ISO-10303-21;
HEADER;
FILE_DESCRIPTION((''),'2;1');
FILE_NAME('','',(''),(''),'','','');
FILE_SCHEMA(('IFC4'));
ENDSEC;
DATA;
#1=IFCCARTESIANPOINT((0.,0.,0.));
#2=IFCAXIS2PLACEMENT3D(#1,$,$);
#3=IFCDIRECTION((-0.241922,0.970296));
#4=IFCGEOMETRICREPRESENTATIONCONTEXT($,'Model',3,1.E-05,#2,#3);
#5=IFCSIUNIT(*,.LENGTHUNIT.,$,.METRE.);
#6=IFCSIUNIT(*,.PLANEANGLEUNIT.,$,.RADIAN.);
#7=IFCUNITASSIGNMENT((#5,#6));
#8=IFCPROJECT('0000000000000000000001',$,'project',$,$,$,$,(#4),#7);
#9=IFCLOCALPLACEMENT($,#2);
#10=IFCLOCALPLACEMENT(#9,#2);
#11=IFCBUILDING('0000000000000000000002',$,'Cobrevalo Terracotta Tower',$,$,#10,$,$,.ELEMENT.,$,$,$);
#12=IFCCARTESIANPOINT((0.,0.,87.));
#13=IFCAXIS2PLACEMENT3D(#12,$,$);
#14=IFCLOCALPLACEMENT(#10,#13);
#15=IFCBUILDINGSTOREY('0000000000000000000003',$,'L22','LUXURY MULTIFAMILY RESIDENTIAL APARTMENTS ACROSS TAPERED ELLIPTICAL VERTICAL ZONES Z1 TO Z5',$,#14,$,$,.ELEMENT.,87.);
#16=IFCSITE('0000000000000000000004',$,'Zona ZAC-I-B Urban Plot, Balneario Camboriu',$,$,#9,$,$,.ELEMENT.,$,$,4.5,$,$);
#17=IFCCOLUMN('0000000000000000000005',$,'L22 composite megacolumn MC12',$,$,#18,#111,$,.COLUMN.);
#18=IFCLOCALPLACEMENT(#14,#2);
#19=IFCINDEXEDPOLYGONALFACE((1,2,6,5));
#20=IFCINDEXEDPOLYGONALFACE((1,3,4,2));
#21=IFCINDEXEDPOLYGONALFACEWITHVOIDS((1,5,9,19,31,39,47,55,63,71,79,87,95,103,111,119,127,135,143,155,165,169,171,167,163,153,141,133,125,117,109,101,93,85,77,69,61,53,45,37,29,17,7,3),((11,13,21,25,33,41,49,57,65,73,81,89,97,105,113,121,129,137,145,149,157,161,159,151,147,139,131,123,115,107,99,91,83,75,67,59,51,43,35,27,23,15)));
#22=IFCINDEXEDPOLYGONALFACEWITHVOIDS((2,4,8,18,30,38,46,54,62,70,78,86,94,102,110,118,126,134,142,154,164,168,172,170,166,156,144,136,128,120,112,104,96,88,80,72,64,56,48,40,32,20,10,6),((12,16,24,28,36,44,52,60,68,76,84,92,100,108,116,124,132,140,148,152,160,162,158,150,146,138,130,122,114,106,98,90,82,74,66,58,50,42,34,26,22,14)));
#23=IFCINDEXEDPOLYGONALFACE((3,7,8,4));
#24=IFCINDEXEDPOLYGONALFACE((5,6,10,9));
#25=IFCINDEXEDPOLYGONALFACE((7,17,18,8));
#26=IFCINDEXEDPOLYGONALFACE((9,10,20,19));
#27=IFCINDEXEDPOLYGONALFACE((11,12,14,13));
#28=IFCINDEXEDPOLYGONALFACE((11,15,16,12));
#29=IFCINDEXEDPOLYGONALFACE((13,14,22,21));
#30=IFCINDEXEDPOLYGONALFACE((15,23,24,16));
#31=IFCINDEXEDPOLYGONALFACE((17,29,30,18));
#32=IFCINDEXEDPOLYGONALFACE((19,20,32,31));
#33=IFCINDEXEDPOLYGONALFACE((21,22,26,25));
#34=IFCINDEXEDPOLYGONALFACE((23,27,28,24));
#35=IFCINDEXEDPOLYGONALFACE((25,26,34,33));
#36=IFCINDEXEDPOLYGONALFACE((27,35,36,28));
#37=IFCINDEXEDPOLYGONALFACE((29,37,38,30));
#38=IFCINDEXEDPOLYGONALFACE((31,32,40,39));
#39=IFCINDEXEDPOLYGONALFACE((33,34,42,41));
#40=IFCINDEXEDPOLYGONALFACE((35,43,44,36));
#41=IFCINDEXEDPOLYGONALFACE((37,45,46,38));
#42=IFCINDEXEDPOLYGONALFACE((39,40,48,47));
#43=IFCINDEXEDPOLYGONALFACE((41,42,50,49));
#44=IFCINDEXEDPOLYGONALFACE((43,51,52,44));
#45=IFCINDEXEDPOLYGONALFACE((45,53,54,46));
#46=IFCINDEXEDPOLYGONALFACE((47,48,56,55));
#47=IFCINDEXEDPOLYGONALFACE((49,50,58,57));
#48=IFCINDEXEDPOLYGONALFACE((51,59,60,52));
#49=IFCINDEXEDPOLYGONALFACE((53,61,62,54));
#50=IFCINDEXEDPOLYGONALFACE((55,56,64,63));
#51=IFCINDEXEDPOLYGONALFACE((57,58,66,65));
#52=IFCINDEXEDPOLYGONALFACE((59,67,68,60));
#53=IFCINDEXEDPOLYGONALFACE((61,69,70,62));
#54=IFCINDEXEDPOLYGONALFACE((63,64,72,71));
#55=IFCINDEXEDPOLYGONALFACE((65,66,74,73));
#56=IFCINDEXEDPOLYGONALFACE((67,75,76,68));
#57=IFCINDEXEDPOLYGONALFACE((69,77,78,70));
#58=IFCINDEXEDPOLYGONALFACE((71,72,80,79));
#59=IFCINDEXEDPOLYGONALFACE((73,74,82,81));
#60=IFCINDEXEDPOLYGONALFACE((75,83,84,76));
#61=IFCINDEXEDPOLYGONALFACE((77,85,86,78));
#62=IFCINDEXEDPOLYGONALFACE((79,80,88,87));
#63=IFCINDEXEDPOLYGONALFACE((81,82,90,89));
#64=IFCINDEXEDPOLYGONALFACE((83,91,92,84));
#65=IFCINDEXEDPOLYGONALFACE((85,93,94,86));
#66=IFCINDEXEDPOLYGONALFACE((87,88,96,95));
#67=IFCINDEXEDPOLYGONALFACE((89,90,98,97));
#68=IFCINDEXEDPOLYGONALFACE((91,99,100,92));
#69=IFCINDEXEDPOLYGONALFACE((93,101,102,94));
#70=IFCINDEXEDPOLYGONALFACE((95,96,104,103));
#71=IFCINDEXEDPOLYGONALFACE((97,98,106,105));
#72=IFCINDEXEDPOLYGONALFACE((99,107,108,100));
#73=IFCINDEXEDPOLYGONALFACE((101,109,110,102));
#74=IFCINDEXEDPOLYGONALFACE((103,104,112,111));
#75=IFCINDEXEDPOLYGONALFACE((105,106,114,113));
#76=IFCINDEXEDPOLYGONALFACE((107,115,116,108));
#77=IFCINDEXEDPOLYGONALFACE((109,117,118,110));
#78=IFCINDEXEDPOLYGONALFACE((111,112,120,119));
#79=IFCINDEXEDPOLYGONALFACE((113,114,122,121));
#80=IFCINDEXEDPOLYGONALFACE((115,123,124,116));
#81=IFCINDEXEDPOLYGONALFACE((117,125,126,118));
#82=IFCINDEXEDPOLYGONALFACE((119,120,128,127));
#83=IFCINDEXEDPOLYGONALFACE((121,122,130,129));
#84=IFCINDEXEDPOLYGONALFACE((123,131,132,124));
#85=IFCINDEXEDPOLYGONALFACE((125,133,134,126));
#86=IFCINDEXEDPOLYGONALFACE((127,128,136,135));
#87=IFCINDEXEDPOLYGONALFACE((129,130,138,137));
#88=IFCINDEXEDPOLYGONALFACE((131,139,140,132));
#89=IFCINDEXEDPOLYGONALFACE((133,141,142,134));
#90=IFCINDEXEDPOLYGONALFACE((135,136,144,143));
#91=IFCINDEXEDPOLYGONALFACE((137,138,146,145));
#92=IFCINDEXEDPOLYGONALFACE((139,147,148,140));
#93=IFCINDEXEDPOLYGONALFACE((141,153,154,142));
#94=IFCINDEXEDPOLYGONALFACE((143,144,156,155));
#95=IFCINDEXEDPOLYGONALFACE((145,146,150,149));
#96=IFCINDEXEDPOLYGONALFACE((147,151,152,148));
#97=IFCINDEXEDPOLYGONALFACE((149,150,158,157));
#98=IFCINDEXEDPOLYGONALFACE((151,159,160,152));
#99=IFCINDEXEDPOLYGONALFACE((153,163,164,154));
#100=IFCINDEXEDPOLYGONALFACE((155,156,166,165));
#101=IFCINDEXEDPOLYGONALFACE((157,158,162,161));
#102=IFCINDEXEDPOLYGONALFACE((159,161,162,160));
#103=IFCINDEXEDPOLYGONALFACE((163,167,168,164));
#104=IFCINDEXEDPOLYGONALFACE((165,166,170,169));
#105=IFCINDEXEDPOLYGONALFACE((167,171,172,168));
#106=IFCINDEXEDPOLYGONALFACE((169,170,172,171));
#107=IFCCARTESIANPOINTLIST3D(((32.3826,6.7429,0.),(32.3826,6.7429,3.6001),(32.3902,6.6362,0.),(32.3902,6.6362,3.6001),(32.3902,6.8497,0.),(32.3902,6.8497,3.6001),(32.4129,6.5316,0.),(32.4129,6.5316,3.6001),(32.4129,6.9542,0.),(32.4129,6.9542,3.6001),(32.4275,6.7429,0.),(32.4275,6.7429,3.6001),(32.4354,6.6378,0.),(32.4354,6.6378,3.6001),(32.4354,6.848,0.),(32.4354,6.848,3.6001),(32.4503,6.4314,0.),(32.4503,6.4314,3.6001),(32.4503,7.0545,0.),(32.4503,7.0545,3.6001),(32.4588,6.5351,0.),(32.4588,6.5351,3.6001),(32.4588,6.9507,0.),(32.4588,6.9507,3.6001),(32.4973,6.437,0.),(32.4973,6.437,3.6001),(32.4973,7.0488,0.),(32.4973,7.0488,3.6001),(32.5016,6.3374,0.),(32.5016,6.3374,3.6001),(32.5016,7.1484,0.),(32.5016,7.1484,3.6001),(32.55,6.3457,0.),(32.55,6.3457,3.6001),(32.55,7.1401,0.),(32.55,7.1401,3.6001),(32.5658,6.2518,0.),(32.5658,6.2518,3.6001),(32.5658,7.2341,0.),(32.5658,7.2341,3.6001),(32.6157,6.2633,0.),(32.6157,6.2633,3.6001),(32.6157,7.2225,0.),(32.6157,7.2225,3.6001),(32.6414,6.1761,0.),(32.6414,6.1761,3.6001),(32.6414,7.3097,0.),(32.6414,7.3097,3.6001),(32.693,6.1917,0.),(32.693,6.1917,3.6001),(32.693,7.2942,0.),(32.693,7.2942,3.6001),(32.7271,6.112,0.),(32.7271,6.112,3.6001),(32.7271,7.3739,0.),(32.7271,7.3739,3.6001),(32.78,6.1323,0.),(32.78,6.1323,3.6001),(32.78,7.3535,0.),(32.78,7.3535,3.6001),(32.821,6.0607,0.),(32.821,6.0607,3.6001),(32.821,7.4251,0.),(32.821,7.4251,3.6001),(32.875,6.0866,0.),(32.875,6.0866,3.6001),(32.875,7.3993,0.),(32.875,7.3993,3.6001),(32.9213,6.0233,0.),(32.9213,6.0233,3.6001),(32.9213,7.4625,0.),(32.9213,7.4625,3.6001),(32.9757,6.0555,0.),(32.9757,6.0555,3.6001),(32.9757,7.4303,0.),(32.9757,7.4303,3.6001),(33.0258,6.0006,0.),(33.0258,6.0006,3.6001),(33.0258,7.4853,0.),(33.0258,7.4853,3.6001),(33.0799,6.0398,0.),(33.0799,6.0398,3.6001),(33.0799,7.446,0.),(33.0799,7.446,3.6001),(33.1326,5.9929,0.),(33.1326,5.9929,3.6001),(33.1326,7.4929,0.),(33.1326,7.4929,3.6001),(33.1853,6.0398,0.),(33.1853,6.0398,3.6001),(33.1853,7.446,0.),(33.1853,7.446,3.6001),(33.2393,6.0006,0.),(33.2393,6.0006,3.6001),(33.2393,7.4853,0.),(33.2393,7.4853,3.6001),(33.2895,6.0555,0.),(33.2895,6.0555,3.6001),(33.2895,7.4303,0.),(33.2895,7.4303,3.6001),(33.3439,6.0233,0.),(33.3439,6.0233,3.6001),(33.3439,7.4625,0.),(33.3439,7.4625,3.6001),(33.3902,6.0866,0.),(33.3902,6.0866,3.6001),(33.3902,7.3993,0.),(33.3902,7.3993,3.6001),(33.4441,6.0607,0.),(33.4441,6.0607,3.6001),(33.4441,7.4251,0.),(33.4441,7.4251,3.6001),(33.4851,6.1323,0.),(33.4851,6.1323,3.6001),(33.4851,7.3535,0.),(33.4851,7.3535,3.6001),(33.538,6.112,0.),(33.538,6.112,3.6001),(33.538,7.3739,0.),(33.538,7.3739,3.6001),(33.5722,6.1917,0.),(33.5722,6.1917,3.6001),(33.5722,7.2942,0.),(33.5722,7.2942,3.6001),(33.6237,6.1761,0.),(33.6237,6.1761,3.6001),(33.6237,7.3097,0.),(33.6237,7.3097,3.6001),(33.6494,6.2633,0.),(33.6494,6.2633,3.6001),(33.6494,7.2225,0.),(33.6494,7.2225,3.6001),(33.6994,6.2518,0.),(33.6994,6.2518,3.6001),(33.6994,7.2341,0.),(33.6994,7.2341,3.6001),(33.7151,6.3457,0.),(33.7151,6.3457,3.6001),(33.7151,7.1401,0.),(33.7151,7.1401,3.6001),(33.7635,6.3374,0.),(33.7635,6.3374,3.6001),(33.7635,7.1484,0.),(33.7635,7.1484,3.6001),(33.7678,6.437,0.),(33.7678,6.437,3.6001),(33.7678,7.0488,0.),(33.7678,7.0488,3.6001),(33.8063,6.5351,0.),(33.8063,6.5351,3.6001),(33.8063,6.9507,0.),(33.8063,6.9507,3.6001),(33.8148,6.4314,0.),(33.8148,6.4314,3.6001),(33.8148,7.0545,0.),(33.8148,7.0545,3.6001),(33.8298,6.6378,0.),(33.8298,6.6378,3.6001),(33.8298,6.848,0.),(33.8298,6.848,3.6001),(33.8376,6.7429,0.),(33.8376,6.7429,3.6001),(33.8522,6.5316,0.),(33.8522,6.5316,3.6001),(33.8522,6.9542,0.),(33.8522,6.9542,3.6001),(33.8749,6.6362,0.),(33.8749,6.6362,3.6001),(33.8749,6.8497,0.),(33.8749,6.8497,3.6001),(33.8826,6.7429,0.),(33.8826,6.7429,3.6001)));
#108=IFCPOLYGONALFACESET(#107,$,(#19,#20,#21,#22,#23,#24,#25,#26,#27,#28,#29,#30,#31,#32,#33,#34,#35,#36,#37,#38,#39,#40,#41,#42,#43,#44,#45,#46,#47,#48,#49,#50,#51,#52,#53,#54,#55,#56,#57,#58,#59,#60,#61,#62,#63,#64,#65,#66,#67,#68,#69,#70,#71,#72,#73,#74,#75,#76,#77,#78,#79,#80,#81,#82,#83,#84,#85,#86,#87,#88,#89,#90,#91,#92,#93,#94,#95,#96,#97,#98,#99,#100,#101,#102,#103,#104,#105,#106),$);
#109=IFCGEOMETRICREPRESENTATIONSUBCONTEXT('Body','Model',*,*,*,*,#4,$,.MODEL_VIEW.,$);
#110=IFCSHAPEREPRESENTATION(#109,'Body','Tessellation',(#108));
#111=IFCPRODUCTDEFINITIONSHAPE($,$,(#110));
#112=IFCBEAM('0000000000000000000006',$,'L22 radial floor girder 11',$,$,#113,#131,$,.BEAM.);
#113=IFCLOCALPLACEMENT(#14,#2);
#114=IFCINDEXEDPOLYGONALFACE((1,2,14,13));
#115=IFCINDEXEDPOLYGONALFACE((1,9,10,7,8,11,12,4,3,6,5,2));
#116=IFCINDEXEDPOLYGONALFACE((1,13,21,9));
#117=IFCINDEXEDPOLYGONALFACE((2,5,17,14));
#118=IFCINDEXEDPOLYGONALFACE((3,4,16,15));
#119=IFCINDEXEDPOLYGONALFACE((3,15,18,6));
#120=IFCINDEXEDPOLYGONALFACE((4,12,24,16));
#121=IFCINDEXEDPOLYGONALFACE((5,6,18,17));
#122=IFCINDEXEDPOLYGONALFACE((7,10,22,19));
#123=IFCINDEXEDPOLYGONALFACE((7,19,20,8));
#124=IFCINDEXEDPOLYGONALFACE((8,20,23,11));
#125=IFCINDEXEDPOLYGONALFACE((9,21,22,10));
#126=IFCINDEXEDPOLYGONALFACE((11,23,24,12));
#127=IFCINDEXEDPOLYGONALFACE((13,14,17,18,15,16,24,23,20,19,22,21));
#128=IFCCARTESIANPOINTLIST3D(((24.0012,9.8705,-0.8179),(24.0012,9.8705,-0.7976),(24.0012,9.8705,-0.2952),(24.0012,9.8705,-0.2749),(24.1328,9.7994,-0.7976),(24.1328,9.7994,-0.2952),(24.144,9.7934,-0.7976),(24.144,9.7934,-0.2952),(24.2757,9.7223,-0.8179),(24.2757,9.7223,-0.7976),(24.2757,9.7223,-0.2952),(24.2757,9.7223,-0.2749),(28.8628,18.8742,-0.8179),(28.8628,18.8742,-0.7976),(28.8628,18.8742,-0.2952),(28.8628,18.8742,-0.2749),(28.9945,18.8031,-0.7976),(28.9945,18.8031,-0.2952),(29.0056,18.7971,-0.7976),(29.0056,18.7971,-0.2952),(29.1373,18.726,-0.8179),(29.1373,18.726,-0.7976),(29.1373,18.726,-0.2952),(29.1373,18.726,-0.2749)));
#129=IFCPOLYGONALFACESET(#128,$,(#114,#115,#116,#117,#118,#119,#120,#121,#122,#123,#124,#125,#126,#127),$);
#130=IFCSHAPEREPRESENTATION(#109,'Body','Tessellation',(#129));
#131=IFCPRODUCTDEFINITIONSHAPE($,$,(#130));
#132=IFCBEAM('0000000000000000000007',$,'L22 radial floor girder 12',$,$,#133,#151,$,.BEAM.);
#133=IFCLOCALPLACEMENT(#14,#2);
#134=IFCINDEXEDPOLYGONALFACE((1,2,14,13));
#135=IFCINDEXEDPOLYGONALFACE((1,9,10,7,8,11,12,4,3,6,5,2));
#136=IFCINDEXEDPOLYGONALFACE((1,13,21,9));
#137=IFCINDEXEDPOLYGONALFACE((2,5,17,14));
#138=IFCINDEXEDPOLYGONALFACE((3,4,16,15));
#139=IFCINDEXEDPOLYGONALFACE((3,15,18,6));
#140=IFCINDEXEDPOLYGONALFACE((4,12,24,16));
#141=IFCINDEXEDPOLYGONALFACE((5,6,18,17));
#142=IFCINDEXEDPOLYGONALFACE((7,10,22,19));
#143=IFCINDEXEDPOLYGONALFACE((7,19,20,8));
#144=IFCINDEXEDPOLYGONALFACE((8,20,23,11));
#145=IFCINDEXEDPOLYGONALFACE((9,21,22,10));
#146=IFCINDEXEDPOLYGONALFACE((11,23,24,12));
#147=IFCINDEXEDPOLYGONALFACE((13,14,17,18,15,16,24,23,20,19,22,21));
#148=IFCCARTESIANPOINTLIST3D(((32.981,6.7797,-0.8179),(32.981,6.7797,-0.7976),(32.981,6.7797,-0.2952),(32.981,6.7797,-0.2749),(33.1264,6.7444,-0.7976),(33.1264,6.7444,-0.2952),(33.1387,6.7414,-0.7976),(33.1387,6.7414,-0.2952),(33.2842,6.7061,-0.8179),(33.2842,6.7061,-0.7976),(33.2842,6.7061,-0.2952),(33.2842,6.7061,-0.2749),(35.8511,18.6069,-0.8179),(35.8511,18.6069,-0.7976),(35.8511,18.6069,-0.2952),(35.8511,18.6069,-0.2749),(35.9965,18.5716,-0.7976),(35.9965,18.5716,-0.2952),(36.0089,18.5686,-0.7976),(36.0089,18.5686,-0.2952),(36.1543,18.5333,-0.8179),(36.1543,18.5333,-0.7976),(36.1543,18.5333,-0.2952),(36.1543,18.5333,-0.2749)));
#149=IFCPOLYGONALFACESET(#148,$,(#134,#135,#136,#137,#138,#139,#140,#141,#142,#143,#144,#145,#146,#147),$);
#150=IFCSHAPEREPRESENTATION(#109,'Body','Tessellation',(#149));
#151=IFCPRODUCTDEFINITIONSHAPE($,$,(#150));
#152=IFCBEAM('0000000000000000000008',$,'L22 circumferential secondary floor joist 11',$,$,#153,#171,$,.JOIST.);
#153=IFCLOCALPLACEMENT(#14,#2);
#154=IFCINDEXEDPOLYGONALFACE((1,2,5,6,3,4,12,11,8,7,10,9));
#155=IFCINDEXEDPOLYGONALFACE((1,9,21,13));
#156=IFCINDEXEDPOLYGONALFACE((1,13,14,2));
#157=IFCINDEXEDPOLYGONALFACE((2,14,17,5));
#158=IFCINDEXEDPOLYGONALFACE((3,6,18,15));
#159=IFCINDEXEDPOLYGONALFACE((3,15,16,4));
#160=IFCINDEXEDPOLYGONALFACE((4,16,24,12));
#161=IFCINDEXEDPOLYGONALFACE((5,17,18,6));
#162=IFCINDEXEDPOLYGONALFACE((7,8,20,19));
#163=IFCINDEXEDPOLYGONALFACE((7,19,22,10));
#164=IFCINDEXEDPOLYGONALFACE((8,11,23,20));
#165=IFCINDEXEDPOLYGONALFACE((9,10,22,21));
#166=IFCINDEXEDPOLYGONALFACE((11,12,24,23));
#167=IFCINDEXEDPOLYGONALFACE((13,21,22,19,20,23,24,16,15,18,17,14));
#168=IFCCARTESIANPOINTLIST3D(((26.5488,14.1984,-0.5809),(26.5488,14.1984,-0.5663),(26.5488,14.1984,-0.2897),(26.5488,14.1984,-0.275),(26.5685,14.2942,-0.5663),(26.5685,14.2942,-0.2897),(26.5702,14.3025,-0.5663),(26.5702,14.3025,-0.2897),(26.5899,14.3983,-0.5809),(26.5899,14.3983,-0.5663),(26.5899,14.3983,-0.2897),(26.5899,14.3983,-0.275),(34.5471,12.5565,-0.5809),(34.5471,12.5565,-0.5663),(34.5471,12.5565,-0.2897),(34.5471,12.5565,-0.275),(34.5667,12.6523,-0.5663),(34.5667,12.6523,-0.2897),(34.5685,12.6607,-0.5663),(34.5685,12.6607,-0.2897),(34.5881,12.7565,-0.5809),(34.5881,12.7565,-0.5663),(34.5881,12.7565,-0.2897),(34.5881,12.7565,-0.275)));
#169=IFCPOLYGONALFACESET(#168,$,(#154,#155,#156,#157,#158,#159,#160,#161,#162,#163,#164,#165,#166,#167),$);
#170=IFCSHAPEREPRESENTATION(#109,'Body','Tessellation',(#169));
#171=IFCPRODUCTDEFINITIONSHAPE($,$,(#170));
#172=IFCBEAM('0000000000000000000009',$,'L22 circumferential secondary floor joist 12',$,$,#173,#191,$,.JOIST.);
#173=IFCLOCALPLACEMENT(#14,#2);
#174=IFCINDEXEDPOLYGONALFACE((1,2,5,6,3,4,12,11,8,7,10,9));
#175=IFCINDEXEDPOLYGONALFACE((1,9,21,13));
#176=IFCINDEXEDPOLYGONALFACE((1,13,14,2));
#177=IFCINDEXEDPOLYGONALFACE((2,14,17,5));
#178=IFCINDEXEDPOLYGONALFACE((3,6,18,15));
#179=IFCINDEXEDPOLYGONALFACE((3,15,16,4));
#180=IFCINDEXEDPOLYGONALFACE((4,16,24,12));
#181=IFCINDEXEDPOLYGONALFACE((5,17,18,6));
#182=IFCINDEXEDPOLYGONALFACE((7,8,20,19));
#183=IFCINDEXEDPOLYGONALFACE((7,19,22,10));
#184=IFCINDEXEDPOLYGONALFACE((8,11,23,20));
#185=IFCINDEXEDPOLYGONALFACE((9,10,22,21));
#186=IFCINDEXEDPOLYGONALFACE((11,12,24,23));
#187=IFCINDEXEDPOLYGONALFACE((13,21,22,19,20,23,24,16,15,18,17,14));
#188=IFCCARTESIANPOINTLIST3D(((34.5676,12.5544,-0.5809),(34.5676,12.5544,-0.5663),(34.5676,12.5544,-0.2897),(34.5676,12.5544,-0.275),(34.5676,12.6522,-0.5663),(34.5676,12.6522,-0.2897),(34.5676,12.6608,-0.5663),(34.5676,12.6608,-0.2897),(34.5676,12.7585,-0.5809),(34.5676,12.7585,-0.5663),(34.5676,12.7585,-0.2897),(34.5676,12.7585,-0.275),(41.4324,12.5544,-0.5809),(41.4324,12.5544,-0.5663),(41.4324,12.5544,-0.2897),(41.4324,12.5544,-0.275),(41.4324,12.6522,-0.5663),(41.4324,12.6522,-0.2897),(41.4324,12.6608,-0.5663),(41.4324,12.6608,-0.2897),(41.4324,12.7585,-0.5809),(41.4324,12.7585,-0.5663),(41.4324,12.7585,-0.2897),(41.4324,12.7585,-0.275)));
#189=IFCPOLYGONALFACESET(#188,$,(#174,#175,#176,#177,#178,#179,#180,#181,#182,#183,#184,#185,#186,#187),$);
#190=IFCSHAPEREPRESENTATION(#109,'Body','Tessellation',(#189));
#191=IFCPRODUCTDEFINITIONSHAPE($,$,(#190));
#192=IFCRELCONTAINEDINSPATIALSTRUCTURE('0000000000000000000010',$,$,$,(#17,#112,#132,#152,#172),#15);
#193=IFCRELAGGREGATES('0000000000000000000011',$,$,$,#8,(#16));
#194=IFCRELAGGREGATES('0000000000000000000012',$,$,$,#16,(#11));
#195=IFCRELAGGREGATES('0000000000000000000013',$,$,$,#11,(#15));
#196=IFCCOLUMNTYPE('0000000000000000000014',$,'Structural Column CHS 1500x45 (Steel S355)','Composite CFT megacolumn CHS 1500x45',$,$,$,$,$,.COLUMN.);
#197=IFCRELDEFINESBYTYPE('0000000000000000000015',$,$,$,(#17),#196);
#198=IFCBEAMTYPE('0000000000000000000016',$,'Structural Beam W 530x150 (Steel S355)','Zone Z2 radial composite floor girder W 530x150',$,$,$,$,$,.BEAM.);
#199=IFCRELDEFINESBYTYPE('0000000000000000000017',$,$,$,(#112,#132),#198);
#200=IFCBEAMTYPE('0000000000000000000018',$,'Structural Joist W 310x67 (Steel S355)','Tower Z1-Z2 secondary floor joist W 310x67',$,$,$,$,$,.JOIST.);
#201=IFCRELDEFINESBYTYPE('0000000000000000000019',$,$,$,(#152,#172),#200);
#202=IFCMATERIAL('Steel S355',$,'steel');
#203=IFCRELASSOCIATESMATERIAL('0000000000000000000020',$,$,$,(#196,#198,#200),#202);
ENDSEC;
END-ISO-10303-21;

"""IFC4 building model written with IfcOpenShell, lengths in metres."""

from ifc_helpers import new_model, si_unit, direction, frame, origin, origin_2d, place, context, subcontext, project, spatial, hollow_circle, i_section, extrude, material, material_profile, profile_set, type_object, element, save


model = new_model("IFC4")

# Units and contexts
model_context = context("Model", 3, precision=1e-05, world=origin(), true_north=direction((-0.241922, 0.970296)))
body_context = subcontext(model_context, "Body", "Model", "MODEL_VIEW")
ifc_project = project(units=[si_unit("LENGTHUNIT", "METRE"), si_unit("PLANEANGLEUNIT", "RADIAN")], contexts=[model_context])

# Site, building, storey
site_placement = place(None, origin())
site = spatial("IfcSite", under=ifc_project, at=site_placement, Name="Zona ZAC-I-B Urban Plot, Balneario Camboriu", CompositionType="ELEMENT", RefElevation=4.5)
building_placement = place(site_placement, origin())
building = spatial("IfcBuilding", under=site, at=building_placement, Name="Cobrevalo Terracotta Tower", CompositionType="ELEMENT")
storey_placement = place(building_placement, frame((0.0, 0.0, 87.0)))
storey = spatial("IfcBuildingStorey", under=building, at=storey_placement, Name="L22", Description="LUXURY MULTIFAMILY RESIDENTIAL APARTMENTS ACROSS TAPERED ELLIPTICAL VERTICAL ZONES Z1 TO Z5", CompositionType="ELEMENT", Elevation=87.0)

# Column
ifc_material_1 = material(Name="Steel S355", Category="steel")
ifc_material_profile_1 = material_profile(ifc_material_1, hollow_circle(Radius=0.75, WallThickness=0.0449, at=origin_2d()), Name="CHS 1500x45")
ifc_profile_set_1 = profile_set([ifc_material_profile_1], Name="Steel S355")
column_type = type_object("IfcColumnType", Name="Structural Column CHS 1500x45 (Steel S355)", Description="Composite CFT megacolumn CHS 1500x45", PredefinedType="COLUMN", material=ifc_profile_set_1)
column_placement = place(storey_placement, frame((33.1326, 6.7429, 0.0), z_axis=(0.0, 0.0, 1.0), x_axis=(1.0, 0.0, 0.0)))
element("IfcColumn", 1, at=column_placement, inside=storey, type_object=column_type, Name="L22 composite megacolumn MC12", PredefinedType="COLUMN", context=body_context, shape_type="SweptSolid", body=[
    extrude(hollow_circle(Radius=0.75, WallThickness=0.0449, at=origin_2d()), origin(), (0.0, 0.0, 1.0), 3.6001),
])

# Beams
ifc_material_profile_2 = material_profile(ifc_material_1, i_section(OverallWidth=0.312, OverallDepth=0.543, WebThickness=0.0127, FlangeThickness=0.0203, at=origin_2d()), Name="W 530x150")
ifc_profile_set_2 = profile_set([ifc_material_profile_2], Name="Steel S355")
beam_type_1 = type_object("IfcBeamType", Name="Structural Beam W 530x150 (Steel S355)", Description="Zone Z2 radial composite floor girder W 530x150", PredefinedType="BEAM", material=ifc_profile_set_2)
beam_1_placement = place(storey_placement, frame((24.1384, 9.7964, -0.5464), z_axis=(0.475118, 0.879922, 0.0), x_axis=(-0.879922, 0.475118, 0.0)))
element("IfcBeam", 2, at=beam_1_placement, inside=storey, type_object=beam_type_1, Name="L22 radial floor girder 11", PredefinedType="BEAM", context=body_context, shape_type="SweptSolid", body=[
    extrude(i_section(OverallWidth=0.312, OverallDepth=0.543, WebThickness=0.0127, FlangeThickness=0.0203, at=origin_2d()), origin(), (0.0, 0.0, 1.0), 10.2324),
])
beam_2_placement = place(storey_placement, frame((33.1326, 6.7429, -0.5464), z_axis=(0.235827, 0.971795, 0.0), x_axis=(-0.971795, 0.235827, 0.0)))
element("IfcBeam", 3, at=beam_2_placement, inside=storey, type_object=beam_type_1, Name="L22 radial floor girder 12", PredefinedType="BEAM", context=body_context, shape_type="SweptSolid", body=[
    extrude(i_section(OverallWidth=0.312, OverallDepth=0.543, WebThickness=0.0127, FlangeThickness=0.0203, at=origin_2d()), origin(), (0.0, 0.0, 1.0), 12.1704),
])
ifc_material_profile_3 = material_profile(ifc_material_1, i_section(OverallWidth=0.2041, OverallDepth=0.3059, WebThickness=0.0085, FlangeThickness=0.0146, at=origin_2d()), Name="W 310x67")
ifc_profile_set_3 = profile_set([ifc_material_profile_3], Name="Steel S355")
beam_type_2 = type_object("IfcBeamType", Name="Structural Joist W 310x67 (Steel S355)", Description="Tower Z1-Z2 secondary floor joist W 310x67", PredefinedType="JOIST", material=ifc_profile_set_3)
beam_3_placement = place(storey_placement, frame((26.5693, 14.2983, -0.428), z_axis=(0.979574, -0.201082, 0.0), x_axis=(0.201082, 0.979574, 0.0)))
element("IfcBeam", 4, at=beam_3_placement, inside=storey, type_object=beam_type_2, Name="L22 circumferential secondary floor joist 11", PredefinedType="JOIST", context=body_context, shape_type="SweptSolid", body=[
    extrude(i_section(OverallWidth=0.2041, OverallDepth=0.3059, WebThickness=0.0085, FlangeThickness=0.0146, at=origin_2d()), origin(), (0.0, 0.0, 1.0), 8.165),
])
beam_4_placement = place(storey_placement, frame((34.5676, 12.6565, -0.428), z_axis=(1.0, 0.0, 0.0), x_axis=(0.0, 1.0, 0.0)))
element("IfcBeam", 5, at=beam_4_placement, inside=storey, type_object=beam_type_2, Name="L22 circumferential secondary floor joist 12", PredefinedType="JOIST", context=body_context, shape_type="SweptSolid", body=[
    extrude(i_section(OverallWidth=0.2041, OverallDepth=0.3059, WebThickness=0.0085, FlangeThickness=0.0146, at=origin_2d()), origin(), (0.0, 0.0, 1.0), 6.8647),
])

save(model, "model.ifc")
